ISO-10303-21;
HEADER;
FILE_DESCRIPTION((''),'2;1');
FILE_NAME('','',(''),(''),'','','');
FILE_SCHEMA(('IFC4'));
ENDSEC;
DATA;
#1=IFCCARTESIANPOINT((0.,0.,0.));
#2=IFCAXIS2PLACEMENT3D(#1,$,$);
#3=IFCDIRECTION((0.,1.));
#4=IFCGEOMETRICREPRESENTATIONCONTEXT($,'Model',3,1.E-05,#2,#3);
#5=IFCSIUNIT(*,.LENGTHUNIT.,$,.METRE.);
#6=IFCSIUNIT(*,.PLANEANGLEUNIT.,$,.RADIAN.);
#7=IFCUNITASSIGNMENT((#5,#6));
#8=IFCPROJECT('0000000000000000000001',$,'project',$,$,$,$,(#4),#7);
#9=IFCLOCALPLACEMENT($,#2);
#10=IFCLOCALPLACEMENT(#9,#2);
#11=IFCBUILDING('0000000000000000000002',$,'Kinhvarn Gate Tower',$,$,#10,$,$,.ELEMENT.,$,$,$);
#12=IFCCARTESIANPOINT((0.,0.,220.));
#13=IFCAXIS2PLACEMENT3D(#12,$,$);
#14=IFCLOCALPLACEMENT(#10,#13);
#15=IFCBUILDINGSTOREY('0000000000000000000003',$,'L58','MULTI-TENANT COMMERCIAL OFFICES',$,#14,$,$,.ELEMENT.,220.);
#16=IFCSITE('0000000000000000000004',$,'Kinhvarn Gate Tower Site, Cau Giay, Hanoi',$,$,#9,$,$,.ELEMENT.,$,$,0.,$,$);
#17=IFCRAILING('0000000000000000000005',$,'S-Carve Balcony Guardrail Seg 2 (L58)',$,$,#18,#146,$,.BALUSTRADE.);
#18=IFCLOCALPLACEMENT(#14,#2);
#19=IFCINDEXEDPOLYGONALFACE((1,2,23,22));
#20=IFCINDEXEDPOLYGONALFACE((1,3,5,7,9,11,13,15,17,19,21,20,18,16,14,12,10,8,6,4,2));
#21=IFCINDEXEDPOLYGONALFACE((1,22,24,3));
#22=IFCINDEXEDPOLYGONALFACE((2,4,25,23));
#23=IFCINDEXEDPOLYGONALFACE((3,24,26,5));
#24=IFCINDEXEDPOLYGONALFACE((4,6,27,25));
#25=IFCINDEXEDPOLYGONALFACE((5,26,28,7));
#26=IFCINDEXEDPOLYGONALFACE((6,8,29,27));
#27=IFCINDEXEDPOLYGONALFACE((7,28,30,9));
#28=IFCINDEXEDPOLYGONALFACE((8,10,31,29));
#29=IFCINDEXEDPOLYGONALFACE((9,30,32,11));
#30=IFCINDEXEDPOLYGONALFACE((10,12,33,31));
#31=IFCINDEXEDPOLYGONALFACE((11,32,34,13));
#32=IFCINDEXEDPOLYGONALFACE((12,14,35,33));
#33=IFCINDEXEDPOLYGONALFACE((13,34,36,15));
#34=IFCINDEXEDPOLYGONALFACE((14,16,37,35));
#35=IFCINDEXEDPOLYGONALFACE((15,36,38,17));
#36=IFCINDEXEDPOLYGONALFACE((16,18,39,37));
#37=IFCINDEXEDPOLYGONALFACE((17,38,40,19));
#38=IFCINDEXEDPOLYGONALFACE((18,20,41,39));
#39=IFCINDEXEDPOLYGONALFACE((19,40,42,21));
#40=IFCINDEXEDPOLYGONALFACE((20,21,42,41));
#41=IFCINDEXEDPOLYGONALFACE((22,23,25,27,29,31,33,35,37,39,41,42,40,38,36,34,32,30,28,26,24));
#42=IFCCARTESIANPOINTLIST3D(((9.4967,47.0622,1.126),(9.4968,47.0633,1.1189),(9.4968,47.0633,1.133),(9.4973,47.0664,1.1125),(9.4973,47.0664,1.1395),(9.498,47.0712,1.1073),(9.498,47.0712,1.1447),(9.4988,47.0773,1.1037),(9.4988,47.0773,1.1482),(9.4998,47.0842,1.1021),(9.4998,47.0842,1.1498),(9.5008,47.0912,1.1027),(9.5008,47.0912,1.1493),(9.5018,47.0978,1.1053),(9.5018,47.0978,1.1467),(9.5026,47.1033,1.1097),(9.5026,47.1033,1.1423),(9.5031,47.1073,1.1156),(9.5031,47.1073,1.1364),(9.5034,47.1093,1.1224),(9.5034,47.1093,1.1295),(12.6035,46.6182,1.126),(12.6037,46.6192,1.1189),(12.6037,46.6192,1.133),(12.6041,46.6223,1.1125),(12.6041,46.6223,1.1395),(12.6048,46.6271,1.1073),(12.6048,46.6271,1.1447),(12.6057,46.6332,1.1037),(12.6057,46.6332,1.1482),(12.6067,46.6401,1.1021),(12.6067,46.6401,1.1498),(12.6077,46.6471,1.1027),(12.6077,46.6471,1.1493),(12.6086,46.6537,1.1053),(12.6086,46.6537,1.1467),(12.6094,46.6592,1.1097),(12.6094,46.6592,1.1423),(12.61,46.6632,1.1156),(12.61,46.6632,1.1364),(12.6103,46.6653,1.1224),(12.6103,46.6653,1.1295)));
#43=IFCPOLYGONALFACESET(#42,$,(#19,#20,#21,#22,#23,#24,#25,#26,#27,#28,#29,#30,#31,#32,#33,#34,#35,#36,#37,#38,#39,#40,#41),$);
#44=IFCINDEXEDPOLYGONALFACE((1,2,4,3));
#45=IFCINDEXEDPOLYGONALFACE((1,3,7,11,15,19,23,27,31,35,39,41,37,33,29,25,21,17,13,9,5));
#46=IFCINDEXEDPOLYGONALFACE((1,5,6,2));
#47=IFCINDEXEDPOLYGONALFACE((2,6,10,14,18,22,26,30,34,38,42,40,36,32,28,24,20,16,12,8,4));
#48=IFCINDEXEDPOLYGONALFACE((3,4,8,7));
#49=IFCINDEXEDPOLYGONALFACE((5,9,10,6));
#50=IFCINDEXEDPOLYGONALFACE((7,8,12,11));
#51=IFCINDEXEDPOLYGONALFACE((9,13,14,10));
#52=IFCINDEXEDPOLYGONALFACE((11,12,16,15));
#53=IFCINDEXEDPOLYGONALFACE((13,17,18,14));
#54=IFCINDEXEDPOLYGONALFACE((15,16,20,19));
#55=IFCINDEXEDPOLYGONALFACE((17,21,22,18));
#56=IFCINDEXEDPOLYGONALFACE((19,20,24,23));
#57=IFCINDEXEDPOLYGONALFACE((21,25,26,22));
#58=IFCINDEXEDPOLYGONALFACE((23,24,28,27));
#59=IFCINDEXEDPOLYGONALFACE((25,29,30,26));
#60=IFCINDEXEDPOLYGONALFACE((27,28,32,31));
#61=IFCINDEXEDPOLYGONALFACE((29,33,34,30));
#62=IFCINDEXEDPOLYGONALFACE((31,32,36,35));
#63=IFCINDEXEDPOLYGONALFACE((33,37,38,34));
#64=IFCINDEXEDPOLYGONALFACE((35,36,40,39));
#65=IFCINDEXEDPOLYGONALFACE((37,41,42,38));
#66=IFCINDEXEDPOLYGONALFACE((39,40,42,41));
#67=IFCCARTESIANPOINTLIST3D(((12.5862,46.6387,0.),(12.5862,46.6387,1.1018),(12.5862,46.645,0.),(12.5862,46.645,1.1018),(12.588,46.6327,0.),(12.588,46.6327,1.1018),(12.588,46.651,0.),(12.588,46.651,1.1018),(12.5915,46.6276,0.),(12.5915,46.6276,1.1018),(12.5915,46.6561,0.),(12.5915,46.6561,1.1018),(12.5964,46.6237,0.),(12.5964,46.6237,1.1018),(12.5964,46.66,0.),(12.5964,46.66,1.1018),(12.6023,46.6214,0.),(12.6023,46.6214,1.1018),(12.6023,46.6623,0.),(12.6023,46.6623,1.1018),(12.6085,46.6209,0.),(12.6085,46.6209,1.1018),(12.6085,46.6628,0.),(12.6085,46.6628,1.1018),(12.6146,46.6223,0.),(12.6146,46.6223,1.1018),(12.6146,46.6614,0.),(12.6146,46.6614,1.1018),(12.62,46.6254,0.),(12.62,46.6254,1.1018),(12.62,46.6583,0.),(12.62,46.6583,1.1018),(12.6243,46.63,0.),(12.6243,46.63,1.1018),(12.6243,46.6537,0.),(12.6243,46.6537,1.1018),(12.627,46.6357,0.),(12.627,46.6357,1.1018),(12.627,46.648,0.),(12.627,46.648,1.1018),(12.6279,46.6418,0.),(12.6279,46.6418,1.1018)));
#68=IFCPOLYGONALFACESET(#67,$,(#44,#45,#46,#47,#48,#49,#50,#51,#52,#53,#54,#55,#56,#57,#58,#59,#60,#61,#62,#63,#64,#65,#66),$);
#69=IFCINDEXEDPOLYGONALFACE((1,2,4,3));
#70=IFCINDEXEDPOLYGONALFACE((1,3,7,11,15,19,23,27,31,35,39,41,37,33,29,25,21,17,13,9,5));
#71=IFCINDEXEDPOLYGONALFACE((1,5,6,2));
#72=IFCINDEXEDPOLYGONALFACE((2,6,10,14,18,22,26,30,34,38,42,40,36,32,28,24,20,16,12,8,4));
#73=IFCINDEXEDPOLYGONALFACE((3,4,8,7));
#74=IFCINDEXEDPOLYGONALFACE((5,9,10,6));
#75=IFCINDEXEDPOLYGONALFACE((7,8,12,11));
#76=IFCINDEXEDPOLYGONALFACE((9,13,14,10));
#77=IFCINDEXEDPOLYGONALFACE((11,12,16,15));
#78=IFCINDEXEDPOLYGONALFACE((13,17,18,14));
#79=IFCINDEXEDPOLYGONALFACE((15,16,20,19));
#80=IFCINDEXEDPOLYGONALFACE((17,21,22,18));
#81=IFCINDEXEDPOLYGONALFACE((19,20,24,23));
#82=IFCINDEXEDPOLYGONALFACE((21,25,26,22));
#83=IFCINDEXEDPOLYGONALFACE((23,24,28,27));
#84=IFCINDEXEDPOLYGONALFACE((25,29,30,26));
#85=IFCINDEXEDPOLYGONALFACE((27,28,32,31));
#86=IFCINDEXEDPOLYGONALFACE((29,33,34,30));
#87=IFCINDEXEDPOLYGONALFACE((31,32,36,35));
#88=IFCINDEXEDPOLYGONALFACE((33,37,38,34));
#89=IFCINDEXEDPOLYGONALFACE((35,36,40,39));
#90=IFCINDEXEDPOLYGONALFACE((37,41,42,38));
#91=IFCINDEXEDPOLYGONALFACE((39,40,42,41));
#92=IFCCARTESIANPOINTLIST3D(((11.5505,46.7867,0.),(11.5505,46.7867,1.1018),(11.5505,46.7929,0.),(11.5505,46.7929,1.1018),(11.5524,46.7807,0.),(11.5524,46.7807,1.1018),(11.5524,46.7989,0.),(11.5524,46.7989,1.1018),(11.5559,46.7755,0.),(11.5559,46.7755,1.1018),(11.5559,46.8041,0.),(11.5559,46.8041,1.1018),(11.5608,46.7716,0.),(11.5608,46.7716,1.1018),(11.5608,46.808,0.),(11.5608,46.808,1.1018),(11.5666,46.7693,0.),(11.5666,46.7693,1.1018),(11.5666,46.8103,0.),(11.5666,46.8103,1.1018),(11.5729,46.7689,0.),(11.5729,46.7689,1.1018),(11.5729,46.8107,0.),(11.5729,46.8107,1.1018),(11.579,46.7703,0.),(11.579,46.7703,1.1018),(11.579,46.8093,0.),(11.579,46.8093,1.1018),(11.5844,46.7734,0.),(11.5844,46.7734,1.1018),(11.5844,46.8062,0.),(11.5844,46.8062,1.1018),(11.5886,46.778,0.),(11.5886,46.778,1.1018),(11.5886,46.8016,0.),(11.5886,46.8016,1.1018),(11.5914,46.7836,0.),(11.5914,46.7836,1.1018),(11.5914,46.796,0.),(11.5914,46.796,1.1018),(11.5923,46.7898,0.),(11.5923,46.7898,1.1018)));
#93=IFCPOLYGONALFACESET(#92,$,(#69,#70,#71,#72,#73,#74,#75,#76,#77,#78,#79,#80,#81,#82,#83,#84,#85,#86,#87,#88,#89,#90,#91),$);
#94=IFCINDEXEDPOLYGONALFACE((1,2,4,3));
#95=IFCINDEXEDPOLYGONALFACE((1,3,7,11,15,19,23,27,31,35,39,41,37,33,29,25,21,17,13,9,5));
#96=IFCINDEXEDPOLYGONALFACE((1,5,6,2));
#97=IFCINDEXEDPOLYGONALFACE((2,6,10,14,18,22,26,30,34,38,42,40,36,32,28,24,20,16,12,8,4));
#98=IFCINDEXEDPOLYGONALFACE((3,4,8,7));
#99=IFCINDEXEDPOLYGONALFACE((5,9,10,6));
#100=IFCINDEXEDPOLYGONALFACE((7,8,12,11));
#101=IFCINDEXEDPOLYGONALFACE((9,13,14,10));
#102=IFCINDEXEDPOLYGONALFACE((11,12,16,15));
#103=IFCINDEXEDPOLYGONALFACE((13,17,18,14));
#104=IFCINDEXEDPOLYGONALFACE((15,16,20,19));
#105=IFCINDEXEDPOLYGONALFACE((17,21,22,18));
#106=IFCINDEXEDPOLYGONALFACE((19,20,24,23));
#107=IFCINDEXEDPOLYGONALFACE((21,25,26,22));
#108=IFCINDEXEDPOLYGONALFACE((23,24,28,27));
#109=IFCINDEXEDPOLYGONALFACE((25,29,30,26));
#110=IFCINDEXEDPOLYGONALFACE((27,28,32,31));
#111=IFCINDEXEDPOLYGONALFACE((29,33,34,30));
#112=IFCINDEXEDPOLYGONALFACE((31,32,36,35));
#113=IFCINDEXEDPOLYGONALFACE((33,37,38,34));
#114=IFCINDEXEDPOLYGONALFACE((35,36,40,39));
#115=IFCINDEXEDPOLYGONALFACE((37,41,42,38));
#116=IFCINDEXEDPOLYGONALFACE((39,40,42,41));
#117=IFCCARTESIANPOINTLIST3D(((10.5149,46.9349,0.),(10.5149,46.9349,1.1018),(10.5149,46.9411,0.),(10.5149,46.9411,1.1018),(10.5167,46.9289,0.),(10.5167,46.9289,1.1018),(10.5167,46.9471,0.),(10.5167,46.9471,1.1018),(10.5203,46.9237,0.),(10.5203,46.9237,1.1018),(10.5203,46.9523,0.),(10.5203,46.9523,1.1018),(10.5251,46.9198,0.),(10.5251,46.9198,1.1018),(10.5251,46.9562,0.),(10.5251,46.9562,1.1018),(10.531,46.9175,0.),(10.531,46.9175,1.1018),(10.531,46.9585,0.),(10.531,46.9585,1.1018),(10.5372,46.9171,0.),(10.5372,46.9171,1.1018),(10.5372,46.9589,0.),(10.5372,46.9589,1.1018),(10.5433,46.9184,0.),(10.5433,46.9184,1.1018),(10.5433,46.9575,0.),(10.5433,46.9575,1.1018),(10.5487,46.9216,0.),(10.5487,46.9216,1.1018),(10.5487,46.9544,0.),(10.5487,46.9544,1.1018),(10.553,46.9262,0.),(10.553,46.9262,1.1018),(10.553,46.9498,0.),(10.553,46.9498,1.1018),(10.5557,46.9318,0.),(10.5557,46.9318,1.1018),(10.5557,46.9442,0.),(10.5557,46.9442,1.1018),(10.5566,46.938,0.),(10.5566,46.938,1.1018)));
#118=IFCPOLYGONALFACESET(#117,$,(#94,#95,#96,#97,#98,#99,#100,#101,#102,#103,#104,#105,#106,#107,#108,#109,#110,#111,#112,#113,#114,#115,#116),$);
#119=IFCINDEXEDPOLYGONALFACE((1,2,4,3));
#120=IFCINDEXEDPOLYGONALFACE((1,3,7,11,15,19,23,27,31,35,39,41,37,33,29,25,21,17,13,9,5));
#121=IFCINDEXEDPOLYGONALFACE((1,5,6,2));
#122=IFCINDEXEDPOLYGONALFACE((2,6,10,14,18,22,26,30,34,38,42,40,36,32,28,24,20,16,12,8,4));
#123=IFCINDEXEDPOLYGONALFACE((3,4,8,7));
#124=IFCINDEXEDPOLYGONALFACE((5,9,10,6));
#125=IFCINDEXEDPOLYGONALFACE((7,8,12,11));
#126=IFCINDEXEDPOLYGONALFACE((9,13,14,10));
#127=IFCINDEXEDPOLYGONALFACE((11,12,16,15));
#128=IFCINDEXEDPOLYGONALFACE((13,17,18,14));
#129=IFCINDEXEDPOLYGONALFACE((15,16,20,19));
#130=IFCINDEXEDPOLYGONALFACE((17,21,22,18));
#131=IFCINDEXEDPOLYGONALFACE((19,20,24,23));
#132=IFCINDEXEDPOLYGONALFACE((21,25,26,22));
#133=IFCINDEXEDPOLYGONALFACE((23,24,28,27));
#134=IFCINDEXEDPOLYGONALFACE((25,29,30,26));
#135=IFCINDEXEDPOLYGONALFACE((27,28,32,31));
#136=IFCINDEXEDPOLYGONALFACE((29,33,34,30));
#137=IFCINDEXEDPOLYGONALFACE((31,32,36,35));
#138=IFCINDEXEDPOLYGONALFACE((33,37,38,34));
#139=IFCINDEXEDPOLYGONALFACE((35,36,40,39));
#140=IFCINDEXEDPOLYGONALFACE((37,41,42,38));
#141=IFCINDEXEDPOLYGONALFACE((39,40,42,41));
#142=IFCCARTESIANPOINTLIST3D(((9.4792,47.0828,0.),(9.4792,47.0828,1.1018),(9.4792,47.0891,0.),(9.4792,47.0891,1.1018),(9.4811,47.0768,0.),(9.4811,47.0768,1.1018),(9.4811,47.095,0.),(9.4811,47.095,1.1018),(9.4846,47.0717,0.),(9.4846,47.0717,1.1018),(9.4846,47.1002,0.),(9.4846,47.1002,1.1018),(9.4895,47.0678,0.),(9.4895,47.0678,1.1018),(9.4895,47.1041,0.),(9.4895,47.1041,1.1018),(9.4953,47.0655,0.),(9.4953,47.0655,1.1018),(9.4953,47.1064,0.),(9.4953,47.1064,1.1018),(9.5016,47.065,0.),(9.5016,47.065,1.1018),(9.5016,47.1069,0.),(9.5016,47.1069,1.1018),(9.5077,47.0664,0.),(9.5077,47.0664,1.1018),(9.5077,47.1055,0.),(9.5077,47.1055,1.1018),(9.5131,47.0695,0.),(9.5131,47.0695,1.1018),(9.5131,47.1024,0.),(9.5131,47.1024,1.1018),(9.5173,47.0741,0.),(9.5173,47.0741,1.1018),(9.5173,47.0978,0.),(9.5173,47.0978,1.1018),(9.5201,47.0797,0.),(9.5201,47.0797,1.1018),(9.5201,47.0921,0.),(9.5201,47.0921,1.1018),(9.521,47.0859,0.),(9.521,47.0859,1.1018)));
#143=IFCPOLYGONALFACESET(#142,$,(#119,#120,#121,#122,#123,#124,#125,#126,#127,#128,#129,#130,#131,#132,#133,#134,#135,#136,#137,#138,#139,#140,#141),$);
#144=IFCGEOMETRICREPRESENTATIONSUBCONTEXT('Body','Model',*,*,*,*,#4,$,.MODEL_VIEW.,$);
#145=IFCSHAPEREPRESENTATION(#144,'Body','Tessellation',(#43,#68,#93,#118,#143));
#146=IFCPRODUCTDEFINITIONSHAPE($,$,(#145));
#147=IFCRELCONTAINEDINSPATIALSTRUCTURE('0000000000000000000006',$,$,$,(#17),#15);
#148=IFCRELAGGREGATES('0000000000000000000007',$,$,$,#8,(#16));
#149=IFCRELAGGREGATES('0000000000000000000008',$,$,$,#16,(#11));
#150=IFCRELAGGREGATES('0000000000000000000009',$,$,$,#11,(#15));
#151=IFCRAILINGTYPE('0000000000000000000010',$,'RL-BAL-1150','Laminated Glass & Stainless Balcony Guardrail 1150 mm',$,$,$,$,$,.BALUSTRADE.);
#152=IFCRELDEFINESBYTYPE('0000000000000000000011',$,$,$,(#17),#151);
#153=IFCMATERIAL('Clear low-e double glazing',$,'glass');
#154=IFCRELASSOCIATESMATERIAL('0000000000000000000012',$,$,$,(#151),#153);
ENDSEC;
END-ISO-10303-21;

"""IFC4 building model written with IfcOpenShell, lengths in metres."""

from ifc_helpers import new_model, si_unit, direction, frame, origin, origin_2d, place, context, subcontext, project, spatial, circle, extrude, material, type_object, element, save


model = new_model("IFC4")

# Units and contexts
model_context = context("Model", 3, precision=1e-05, world=origin(), true_north=direction((0.0, 1.0)))
body_context = subcontext(model_context, "Body", "Model", "MODEL_VIEW")
ifc_project = project(units=[si_unit("LENGTHUNIT", "METRE"), si_unit("PLANEANGLEUNIT", "RADIAN")], contexts=[model_context])

# Site, building, storey
site_placement = place(None, origin())
site = spatial("IfcSite", under=ifc_project, at=site_placement, Name="Kinhvarn Gate Tower Site, Cau Giay, Hanoi", CompositionType="ELEMENT", RefElevation=0.0)
building_placement = place(site_placement, origin())
building = spatial("IfcBuilding", under=site, at=building_placement, Name="Kinhvarn Gate Tower", CompositionType="ELEMENT")
storey_placement = place(building_placement, frame((0.0, 0.0, 220.0)))
storey = spatial("IfcBuildingStorey", under=building, at=storey_placement, Name="L58", Description="MULTI-TENANT COMMERCIAL OFFICES", CompositionType="ELEMENT", Elevation=220.0)

# Shared definitions
ifc_material_1 = material(Name="Clear low-e double glazing", Category="glass")

# Railing
railing_type_1 = type_object("IfcRailingType", Name="RL-BAL-1150", Description="Laminated Glass & Stainless Balcony Guardrail 1150 mm", PredefinedType="BALUSTRADE", material=ifc_material_1)
railing_1_placement = place(storey_placement, frame((12.6069, 46.6418, 0.0)))
element("IfcRailing", 1, at=railing_1_placement, inside=storey, type_object=railing_type_1, Name="S-Carve Balcony Guardrail Seg 2 (L58)", PredefinedType="BALUSTRADE", context=body_context, shape_type="SweptSolid", body=[
    extrude(circle(Radius=0.0239, at=origin_2d()), frame((0.0, 0.0, 1.126), z_axis=(-0.989939, 0.141498, 0.0), x_axis=(-0.141498, -0.989939, 0.0)), (0.0, 0.0, 1.0), 3.1384),
    extrude(circle(Radius=0.021, at=origin_2d()), origin(), (0.0, 0.0, 1.0), 1.1018),
    extrude(circle(Radius=0.021, at=origin_2d()), frame((-1.0356, 0.1479, 0.0)), (0.0, 0.0, 1.0), 1.1018),
    extrude(circle(Radius=0.021, at=origin_2d()), frame((-2.0713, 0.2961, 0.0)), (0.0, 0.0, 1.0), 1.1018),
    extrude(circle(Radius=0.021, at=origin_2d()), frame((-3.1069, 0.4441, 0.0)), (0.0, 0.0, 1.0), 1.1018),
])

save(model, "model.ifc")
